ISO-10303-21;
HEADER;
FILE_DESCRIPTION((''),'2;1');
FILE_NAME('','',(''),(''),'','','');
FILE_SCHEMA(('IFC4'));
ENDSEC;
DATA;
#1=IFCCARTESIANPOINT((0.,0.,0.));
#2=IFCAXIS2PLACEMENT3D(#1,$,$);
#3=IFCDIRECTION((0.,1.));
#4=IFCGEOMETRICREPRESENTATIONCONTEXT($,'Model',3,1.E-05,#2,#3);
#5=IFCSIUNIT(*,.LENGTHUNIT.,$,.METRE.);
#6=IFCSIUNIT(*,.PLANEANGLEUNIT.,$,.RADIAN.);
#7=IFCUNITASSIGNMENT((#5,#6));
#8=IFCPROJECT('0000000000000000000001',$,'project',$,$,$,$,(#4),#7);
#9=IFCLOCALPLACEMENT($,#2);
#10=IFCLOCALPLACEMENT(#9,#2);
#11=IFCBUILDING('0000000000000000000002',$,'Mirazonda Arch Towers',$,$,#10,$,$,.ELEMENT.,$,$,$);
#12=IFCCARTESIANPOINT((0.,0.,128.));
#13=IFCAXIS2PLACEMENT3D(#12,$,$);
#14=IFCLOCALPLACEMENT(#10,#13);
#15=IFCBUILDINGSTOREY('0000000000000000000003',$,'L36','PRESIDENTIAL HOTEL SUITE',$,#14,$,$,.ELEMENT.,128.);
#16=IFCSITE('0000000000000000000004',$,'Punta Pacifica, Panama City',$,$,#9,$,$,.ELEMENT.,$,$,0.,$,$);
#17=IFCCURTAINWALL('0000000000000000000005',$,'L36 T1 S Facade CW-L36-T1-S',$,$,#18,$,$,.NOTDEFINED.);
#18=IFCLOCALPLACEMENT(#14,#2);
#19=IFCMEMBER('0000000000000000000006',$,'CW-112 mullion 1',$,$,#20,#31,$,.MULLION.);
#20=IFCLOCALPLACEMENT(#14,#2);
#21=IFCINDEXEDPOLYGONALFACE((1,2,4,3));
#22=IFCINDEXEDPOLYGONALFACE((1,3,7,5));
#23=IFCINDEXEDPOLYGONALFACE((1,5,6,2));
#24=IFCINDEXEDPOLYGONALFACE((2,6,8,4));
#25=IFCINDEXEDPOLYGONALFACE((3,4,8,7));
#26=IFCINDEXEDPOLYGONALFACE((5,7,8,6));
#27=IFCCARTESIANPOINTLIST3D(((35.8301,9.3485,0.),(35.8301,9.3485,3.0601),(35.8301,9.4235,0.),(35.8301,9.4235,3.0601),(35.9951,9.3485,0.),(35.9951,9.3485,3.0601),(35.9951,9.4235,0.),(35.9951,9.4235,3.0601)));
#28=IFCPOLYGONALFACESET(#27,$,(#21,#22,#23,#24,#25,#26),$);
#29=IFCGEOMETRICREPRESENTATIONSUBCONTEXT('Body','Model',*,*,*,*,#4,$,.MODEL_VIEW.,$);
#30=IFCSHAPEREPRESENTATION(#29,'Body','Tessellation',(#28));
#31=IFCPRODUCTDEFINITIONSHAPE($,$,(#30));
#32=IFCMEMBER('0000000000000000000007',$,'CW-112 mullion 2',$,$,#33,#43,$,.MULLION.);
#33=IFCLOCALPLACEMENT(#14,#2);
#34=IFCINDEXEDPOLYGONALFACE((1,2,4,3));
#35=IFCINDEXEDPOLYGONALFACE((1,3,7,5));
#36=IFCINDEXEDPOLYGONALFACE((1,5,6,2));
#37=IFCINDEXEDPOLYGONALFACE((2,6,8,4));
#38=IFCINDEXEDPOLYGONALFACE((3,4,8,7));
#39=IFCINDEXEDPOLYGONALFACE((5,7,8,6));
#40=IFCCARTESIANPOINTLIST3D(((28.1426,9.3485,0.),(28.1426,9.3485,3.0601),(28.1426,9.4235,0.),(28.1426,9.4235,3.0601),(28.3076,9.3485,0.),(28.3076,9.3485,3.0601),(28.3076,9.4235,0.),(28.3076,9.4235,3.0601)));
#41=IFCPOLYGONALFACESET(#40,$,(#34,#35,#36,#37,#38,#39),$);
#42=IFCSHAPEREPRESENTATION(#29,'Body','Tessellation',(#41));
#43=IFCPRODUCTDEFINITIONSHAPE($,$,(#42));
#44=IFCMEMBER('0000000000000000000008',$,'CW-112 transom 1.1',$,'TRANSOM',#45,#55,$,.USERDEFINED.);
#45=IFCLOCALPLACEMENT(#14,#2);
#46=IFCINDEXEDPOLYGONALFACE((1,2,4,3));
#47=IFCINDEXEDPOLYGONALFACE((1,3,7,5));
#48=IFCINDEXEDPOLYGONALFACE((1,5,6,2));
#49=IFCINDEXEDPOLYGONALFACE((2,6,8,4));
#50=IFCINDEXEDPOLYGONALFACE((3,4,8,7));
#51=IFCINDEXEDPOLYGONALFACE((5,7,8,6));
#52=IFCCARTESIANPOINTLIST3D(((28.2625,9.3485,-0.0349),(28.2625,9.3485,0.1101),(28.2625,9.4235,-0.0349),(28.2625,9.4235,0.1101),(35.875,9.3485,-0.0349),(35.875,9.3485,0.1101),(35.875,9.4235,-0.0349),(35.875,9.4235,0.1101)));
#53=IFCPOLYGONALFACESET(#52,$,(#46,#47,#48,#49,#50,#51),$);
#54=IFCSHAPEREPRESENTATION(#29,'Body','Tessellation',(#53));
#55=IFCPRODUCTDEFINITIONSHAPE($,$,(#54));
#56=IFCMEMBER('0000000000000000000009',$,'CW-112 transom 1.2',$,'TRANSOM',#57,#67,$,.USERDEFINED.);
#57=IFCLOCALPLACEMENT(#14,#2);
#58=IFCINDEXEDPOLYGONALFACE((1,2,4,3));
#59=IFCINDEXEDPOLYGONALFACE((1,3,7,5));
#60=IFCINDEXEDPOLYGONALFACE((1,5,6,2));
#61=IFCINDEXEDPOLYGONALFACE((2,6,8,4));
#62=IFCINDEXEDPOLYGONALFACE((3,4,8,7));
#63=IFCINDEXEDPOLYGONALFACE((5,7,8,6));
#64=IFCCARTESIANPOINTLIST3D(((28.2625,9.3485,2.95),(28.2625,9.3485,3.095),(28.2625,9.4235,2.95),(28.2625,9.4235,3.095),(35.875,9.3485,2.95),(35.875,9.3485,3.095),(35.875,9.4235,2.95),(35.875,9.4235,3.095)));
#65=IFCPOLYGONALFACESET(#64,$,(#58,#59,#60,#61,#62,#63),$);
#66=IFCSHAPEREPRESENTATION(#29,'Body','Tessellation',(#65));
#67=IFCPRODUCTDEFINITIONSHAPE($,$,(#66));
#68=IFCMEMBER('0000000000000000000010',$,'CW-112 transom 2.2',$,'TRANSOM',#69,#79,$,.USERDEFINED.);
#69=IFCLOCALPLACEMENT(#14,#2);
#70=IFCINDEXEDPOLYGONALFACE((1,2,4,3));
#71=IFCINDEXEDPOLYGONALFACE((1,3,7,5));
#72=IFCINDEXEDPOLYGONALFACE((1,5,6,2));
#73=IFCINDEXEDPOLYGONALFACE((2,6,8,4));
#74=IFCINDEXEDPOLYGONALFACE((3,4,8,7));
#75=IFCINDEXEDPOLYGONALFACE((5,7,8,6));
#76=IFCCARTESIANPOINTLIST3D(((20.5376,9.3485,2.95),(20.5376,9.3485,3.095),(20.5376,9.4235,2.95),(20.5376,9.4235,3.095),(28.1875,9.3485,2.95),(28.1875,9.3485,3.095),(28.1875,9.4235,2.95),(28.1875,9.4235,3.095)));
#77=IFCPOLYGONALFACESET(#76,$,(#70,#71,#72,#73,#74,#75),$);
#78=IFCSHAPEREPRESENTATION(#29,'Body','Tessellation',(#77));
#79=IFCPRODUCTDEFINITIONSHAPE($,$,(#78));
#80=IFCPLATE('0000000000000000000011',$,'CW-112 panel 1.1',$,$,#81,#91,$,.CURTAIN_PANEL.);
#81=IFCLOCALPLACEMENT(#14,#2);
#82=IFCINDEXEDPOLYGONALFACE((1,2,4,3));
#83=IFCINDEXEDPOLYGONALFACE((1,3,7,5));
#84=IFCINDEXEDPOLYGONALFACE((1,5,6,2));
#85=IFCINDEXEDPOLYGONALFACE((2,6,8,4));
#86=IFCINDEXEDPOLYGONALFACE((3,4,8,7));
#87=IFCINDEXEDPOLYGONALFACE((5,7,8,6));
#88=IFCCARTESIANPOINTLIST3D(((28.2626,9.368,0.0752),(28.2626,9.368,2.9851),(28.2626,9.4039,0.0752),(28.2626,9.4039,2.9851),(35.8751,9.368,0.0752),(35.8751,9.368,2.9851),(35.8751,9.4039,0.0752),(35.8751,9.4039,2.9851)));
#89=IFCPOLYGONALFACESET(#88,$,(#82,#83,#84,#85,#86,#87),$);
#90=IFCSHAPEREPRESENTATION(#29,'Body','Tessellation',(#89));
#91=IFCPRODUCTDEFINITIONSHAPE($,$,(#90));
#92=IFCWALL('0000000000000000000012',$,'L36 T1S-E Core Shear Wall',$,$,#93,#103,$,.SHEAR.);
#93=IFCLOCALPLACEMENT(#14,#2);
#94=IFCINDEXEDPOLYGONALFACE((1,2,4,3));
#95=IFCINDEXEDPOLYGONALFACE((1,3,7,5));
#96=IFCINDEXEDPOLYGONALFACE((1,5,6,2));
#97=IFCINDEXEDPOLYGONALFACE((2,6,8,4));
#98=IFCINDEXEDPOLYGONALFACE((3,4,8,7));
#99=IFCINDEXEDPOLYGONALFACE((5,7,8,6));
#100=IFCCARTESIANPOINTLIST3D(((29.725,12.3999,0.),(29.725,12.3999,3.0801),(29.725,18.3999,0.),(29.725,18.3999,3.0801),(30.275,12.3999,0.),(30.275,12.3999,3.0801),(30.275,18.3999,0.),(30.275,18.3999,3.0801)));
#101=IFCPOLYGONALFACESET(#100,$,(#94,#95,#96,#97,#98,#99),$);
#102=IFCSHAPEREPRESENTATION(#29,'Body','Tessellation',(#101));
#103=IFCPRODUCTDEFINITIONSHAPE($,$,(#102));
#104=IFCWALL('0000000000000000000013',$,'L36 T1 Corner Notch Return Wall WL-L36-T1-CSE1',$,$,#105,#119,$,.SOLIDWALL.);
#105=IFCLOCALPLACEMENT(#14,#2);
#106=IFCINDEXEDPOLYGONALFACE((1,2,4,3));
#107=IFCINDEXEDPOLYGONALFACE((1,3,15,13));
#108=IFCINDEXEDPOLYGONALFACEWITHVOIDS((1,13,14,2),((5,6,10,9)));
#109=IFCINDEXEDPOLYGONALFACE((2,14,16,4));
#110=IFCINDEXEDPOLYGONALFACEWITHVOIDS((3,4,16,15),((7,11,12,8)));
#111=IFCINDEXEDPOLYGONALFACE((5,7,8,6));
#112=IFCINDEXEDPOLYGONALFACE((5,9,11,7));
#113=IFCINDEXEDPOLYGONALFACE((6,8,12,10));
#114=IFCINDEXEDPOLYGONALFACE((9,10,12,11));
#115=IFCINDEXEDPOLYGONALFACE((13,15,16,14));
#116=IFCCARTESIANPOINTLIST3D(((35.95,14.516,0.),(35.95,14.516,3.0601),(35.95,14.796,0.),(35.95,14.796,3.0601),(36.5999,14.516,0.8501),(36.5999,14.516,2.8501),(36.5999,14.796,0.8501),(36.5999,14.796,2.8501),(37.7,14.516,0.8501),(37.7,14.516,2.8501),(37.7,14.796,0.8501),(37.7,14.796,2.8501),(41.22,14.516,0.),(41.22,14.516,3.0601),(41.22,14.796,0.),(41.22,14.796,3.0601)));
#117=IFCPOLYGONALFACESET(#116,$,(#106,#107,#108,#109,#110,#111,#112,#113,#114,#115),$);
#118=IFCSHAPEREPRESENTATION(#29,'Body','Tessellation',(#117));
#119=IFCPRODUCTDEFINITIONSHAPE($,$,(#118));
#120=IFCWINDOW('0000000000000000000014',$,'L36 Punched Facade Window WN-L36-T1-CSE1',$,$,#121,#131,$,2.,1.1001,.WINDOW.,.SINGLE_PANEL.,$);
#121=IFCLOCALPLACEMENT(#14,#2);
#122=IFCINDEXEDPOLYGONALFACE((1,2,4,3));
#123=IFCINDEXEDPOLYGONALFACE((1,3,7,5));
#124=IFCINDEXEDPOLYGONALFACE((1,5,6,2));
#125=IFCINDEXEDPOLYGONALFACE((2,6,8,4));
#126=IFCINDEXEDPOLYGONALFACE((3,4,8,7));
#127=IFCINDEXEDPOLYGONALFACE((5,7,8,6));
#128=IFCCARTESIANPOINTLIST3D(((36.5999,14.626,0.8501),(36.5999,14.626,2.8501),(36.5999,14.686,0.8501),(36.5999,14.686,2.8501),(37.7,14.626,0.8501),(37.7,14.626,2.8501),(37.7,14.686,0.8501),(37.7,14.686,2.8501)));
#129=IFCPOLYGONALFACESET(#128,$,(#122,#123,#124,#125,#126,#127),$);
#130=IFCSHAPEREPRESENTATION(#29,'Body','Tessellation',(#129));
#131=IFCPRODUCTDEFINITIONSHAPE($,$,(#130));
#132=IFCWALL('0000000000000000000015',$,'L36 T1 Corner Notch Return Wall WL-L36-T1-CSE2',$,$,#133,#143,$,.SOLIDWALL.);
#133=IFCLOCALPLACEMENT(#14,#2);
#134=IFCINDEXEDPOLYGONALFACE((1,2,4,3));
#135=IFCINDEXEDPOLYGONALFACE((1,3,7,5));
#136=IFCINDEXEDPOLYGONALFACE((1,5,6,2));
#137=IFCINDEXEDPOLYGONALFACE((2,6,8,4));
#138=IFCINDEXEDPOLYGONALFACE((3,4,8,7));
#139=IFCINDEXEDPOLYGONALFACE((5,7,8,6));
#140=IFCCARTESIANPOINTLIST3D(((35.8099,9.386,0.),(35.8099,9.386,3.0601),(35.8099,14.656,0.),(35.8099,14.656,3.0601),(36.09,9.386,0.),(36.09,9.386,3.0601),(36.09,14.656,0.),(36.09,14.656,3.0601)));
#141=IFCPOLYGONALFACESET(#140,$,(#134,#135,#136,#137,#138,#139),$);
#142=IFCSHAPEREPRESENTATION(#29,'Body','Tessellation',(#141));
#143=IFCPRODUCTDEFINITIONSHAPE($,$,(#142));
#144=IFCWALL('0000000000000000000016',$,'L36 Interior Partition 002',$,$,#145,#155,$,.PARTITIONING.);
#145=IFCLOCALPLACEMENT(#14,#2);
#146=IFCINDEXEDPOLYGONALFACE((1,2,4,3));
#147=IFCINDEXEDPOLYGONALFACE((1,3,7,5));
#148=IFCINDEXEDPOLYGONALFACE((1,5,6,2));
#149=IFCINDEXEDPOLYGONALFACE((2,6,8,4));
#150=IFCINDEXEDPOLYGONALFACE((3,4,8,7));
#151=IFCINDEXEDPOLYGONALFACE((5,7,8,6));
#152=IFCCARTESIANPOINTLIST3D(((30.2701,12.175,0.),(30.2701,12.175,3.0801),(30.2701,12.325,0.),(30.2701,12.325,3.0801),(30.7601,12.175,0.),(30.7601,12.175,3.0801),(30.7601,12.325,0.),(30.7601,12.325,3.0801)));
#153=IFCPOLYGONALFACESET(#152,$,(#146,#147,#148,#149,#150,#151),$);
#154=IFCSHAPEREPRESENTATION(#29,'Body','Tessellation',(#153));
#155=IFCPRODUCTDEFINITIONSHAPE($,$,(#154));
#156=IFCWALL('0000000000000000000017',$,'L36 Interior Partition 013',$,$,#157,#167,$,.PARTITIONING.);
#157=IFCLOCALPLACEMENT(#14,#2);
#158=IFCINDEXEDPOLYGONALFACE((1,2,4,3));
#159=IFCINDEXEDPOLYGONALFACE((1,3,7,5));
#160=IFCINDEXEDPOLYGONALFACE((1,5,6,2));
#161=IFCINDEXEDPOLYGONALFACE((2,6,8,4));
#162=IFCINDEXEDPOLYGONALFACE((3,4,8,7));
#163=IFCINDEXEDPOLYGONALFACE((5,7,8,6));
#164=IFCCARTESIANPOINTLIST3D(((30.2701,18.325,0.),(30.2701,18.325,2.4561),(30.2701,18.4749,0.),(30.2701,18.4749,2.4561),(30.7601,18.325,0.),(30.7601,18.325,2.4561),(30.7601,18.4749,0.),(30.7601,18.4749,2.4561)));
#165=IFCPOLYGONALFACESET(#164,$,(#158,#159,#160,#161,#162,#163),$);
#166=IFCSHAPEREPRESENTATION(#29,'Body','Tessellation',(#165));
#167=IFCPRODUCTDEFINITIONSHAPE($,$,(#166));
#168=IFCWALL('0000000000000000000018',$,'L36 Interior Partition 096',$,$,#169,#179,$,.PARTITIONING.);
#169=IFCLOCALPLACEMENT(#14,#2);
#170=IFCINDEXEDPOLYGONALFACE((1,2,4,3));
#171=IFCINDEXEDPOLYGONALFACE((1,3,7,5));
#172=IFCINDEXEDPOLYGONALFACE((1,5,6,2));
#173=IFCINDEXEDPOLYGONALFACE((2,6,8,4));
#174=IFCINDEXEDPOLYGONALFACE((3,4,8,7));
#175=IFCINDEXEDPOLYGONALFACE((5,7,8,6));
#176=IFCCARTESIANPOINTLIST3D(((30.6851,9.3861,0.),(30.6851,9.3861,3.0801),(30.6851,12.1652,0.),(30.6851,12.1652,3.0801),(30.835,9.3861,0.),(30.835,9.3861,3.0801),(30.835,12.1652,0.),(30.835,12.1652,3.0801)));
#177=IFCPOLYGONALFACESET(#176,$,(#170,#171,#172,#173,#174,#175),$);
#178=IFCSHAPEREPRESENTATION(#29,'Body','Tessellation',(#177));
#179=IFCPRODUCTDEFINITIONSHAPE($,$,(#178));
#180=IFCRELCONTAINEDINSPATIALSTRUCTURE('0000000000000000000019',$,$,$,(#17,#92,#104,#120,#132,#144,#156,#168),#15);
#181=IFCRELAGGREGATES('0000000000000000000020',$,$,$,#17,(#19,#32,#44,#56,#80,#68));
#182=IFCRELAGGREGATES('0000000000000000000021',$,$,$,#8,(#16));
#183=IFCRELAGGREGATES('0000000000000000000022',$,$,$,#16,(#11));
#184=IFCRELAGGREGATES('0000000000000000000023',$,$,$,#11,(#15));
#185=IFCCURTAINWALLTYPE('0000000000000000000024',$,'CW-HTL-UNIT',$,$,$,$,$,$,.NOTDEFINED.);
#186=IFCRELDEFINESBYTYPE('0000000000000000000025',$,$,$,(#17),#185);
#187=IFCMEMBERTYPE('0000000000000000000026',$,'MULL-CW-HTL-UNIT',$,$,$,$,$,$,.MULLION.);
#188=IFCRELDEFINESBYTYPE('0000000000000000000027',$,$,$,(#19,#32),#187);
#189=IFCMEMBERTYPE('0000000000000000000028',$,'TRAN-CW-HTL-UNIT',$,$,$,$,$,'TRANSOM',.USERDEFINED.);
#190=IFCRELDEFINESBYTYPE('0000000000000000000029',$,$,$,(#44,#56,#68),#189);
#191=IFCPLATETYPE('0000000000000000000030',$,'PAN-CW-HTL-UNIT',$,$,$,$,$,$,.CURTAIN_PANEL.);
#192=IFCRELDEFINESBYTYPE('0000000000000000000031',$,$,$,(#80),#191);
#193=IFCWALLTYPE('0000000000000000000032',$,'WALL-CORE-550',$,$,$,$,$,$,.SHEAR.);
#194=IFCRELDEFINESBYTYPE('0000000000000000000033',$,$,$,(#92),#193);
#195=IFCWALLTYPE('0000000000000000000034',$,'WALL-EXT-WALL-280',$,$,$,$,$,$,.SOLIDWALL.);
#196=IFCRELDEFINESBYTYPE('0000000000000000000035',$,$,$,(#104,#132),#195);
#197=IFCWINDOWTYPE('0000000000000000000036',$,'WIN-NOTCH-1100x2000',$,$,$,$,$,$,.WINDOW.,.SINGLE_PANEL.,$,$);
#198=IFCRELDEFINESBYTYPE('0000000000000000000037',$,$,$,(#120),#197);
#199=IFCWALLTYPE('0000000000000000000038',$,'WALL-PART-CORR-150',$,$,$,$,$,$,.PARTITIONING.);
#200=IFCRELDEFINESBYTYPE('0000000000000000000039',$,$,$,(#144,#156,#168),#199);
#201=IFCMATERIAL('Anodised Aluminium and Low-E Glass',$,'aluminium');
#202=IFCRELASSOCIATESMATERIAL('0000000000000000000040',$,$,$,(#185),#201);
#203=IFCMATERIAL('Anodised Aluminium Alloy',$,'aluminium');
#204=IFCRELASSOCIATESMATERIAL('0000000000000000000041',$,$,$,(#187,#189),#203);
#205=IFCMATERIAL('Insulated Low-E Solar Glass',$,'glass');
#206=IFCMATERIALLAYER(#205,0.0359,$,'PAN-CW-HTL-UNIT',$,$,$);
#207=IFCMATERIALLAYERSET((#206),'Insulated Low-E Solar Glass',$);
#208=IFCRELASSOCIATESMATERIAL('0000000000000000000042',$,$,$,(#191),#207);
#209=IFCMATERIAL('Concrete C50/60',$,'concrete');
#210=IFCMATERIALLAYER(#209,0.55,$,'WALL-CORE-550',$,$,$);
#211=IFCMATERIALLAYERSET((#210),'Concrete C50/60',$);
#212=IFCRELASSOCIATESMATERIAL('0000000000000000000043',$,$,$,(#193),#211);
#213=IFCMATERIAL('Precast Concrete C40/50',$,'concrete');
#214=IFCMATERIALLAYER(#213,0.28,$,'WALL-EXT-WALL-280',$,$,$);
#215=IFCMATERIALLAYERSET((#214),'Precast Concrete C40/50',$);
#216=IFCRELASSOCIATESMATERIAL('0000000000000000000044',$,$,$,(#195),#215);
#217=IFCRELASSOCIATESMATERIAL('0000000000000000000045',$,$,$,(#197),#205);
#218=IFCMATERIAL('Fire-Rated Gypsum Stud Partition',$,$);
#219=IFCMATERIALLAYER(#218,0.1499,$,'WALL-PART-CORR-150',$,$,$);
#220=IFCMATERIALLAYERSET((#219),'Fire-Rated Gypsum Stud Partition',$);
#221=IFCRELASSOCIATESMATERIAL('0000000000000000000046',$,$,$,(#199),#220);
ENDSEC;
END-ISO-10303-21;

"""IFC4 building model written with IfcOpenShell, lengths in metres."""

from ifc_helpers import new_model, si_unit, direction, frame, frame_2d, origin, origin_2d, place, context, subcontext, project, spatial, rectangle, extrude, material, layer, layer_set, material_profile, profile_set, type_object, element, fill, aggregate, save


model = new_model("IFC4")

# Units and contexts
model_context = context("Model", 3, precision=1e-05, world=origin(), true_north=direction((0.0, 1.0)))
body_context = subcontext(model_context, "Body", "Model", "MODEL_VIEW")
ifc_project = project(units=[si_unit("LENGTHUNIT", "METRE"), si_unit("PLANEANGLEUNIT", "RADIAN")], contexts=[model_context])

# Site, building, storey
site_placement = place(None, origin())
site = spatial("IfcSite", under=ifc_project, at=site_placement, Name="Punta Pacifica, Panama City", CompositionType="ELEMENT", RefElevation=0.0)
building_placement = place(site_placement, origin())
building = spatial("IfcBuilding", under=site, at=building_placement, Name="Mirazonda Arch Towers", CompositionType="ELEMENT")
storey_placement = place(building_placement, frame((0.0, 0.0, 128.0)))
storey = spatial("IfcBuildingStorey", under=building, at=storey_placement, Name="L36", Description="PRESIDENTIAL HOTEL SUITE", CompositionType="ELEMENT", Elevation=128.0)

# Shared definitions
ifc_material_1 = material(Name="Concrete C50/60", Category="concrete")

# Curtain wall, members, plate
ifc_material_2 = material(Name="Anodised Aluminium and Low-E Glass", Category="aluminium")
curtain_wall_type = type_object("IfcCurtainWallType", Name="CW-HTL-UNIT", PredefinedType="NOTDEFINED", material=ifc_material_2)
curtain_wall_placement = place(storey_placement, origin())
curtain_wall = element("IfcCurtainWall", 1, at=curtain_wall_placement, inside=storey, type_object=curtain_wall_type, Name="L36 T1 S Facade CW-L36-T1-S", PredefinedType="NOTDEFINED")
ifc_material_3 = material(Name="Anodised Aluminium Alloy", Category="aluminium")
ifc_material_profile_1 = material_profile(ifc_material_3, rectangle(XDim=0.075, YDim=0.165, at=origin_2d()), Name="ALU-MULL-75x165")
ifc_profile_set_1 = profile_set([ifc_material_profile_1], Name="Anodised Aluminium Alloy")
member_type_1 = type_object("IfcMemberType", Name="MULL-CW-HTL-UNIT", PredefinedType="MULLION", material=ifc_profile_set_1)
member_1_placement = place(storey_placement, frame((35.9126, 9.386, 0.0), z_axis=(0.0, 0.0, 1.0), x_axis=(0.0, -1.0, 0.0)))
member_1 = element("IfcMember", 2, at=member_1_placement, type_object=member_type_1, Name="CW-112 mullion 1", PredefinedType="MULLION", context=body_context, shape_type="SweptSolid", body=[
    extrude(rectangle(XDim=0.075, YDim=0.165, at=origin_2d()), origin(), (0.0, 0.0, 1.0), 3.0601),
])
member_2_placement = place(storey_placement, frame((28.2251, 9.386, 0.0), z_axis=(0.0, 0.0, 1.0), x_axis=(0.0, -1.0, 0.0)))
member_2 = element("IfcMember", 3, at=member_2_placement, type_object=member_type_1, Name="CW-112 mullion 2", PredefinedType="MULLION", context=body_context, shape_type="SweptSolid", body=[
    extrude(rectangle(XDim=0.075, YDim=0.165, at=origin_2d()), origin(), (0.0, 0.0, 1.0), 3.0601),
])
ifc_material_profile_2 = material_profile(ifc_material_3, rectangle(XDim=0.075, YDim=0.145, at=origin_2d()), Name="ALU-TRAN-75x145")
ifc_profile_set_2 = profile_set([ifc_material_profile_2], Name="Anodised Aluminium Alloy")
member_type_2 = type_object("IfcMemberType", Name="TRAN-CW-HTL-UNIT", ElementType="TRANSOM", PredefinedType="USERDEFINED", material=ifc_profile_set_2)
member_3_placement = place(storey_placement, frame((35.875, 9.386, 0.0376), z_axis=(-1.0, 0.0, 0.0), x_axis=(0.0, -1.0, 0.0)))
member_3 = element("IfcMember", 4, at=member_3_placement, type_object=member_type_2, Name="CW-112 transom 1.1", ObjectType="TRANSOM", PredefinedType="USERDEFINED", context=body_context, shape_type="SweptSolid", body=[
    extrude(rectangle(XDim=0.075, YDim=0.145, at=origin_2d()), origin(), (0.0, 0.0, 1.0), 7.6125),
])
member_4_placement = place(storey_placement, frame((35.875, 9.386, 3.0225), z_axis=(-1.0, 0.0, 0.0), x_axis=(0.0, -1.0, 0.0)))
member_4 = element("IfcMember", 5, at=member_4_placement, type_object=member_type_2, Name="CW-112 transom 1.2", ObjectType="TRANSOM", PredefinedType="USERDEFINED", context=body_context, shape_type="SweptSolid", body=[
    extrude(rectangle(XDim=0.075, YDim=0.145, at=origin_2d()), origin(), (0.0, 0.0, 1.0), 7.6125),
])
member_5_placement = place(storey_placement, frame((28.1875, 9.386, 3.0225), z_axis=(-1.0, 0.0, 0.0), x_axis=(0.0, -1.0, 0.0)))
member_5 = element("IfcMember", 6, at=member_5_placement, type_object=member_type_2, Name="CW-112 transom 2.2", ObjectType="TRANSOM", PredefinedType="USERDEFINED", context=body_context, shape_type="SweptSolid", body=[
    extrude(rectangle(XDim=0.075, YDim=0.145, at=origin_2d()), origin(), (0.0, 0.0, 1.0), 7.6499),
])
ifc_material_4 = material(Name="Insulated Low-E Solar Glass", Category="glass")
ifc_layer_1 = layer(ifc_material_4, 0.0359, Name="PAN-CW-HTL-UNIT")
ifc_layer_set_1 = layer_set([ifc_layer_1], Name="Insulated Low-E Solar Glass")
plate_type = type_object("IfcPlateType", Name="PAN-CW-HTL-UNIT", PredefinedType="CURTAIN_PANEL", material=ifc_layer_set_1)
plate_placement = place(storey_placement, frame((32.0688, 9.386, 0.0752), z_axis=(0.0, 0.0, 1.0), x_axis=(-1.0, 0.0, 0.0)))
plate = element("IfcPlate", 7, at=plate_placement, type_object=plate_type, Name="CW-112 panel 1.1", PredefinedType="CURTAIN_PANEL", context=body_context, shape_type="SweptSolid", body=[
    extrude(rectangle(XDim=7.6125, YDim=0.0359, at=origin_2d()), origin(), (0.0, 0.0, 1.0), 2.9099),
])
aggregate(curtain_wall, [member_1, member_2, member_3, member_4, plate, member_5])

# Wall
ifc_layer_2 = layer(ifc_material_1, 0.55, Name="WALL-CORE-550")
ifc_layer_set_2 = layer_set([ifc_layer_2], Name="Concrete C50/60")
wall_type_1 = type_object("IfcWallType", Name="WALL-CORE-550", PredefinedType="SHEAR", material=ifc_layer_set_2)
wall_1_placement = place(storey_placement, frame((30.0, 12.3999, 0.0), z_axis=(0.0, 0.0, 1.0), x_axis=(0.0, 1.0, 0.0)))
element("IfcWall", 8, at=wall_1_placement, inside=storey, type_object=wall_type_1, Name="L36 T1S-E Core Shear Wall", PredefinedType="SHEAR", context=body_context, shape_type="SweptSolid", body=[
    extrude(rectangle(XDim=6.0, YDim=0.55, at=frame_2d((3.0, 0.0))), origin(), (0.0, 0.0, 1.0), 3.0801),
])

# Wall, opening, window
ifc_material_5 = material(Name="Precast Concrete C40/50", Category="concrete")
ifc_layer_3 = layer(ifc_material_5, 0.28, Name="WALL-EXT-WALL-280")
ifc_layer_set_3 = layer_set([ifc_layer_3], Name="Precast Concrete C40/50")
wall_type_2 = type_object("IfcWallType", Name="WALL-EXT-WALL-280", PredefinedType="SOLIDWALL", material=ifc_layer_set_3)
wall_2_placement = place(storey_placement, frame((35.95, 14.656, 0.0), z_axis=(0.0, 0.0, 1.0), x_axis=(1.0, 0.0, 0.0)))
wall_2 = element("IfcWall", 9, at=wall_2_placement, inside=storey, type_object=wall_type_2, Name="L36 T1 Corner Notch Return Wall WL-L36-T1-CSE1", PredefinedType="SOLIDWALL", context=body_context, shape_type="SweptSolid", body=[
    extrude(rectangle(XDim=5.27, YDim=0.28, at=frame_2d((2.635, 0.0))), origin(), (0.0, 0.0, 1.0), 3.0601),
])
opening_1_placement = place(wall_2_placement, frame((0.6499, 0.0, 0.8501)))
opening_1 = element("IfcOpeningElement", 10, at=opening_1_placement, cuts=wall_2, PredefinedType="OPENING", context=body_context, shape_type="SweptSolid", body=[
    extrude(rectangle(XDim=1.1001, YDim=2.0, at=frame_2d((0.55, 1.0))), frame((0.0, 0.1499, 0.0), z_axis=(0.0, -1.0, 0.0), x_axis=(1.0, 0.0, 0.0)), (0.0, 0.0, 1.0), 0.3),
])
window_type = type_object("IfcWindowType", Name="WIN-NOTCH-1100x2000", PartitioningType="SINGLE_PANEL", PredefinedType="WINDOW", material=ifc_material_4)
window_placement = place(opening_1_placement, origin())
window = element("IfcWindow", 11, at=window_placement, inside=storey, type_object=window_type, Name="L36 Punched Facade Window WN-L36-T1-CSE1", OverallHeight=2.0, OverallWidth=1.1001, PartitioningType="SINGLE_PANEL", PredefinedType="WINDOW", context=body_context, shape_type="SweptSolid", body=[
    extrude(rectangle(XDim=1.1001, YDim=2.0, at=frame_2d((0.55, 1.0))), frame((0.0, 0.03, 0.0), z_axis=(0.0, -1.0, 0.0), x_axis=(1.0, 0.0, 0.0)), (0.0, 0.0, 1.0), 0.0601),
])
fill(opening_1, window)

# Walls
wall_3_placement = place(storey_placement, frame((35.95, 9.386, 0.0), z_axis=(0.0, 0.0, 1.0), x_axis=(0.0, 1.0, 0.0)))
element("IfcWall", 12, at=wall_3_placement, inside=storey, type_object=wall_type_2, Name="L36 T1 Corner Notch Return Wall WL-L36-T1-CSE2", PredefinedType="SOLIDWALL", context=body_context, shape_type="SweptSolid", body=[
    extrude(rectangle(XDim=5.27, YDim=0.28, at=frame_2d((2.635, 0.0))), origin(), (0.0, 0.0, 1.0), 3.0601),
])
ifc_material_6 = material(Name="Fire-Rated Gypsum Stud Partition")
ifc_layer_4 = layer(ifc_material_6, 0.1499, Name="WALL-PART-CORR-150")
ifc_layer_set_4 = layer_set([ifc_layer_4], Name="Fire-Rated Gypsum Stud Partition")
wall_type_3 = type_object("IfcWallType", Name="WALL-PART-CORR-150", PredefinedType="PARTITIONING", material=ifc_layer_set_4)
wall_4_placement = place(storey_placement, frame((30.27, 12.25, 0.0), z_axis=(0.0, 0.0, 1.0), x_axis=(1.0, 0.0, 0.0)))
element("IfcWall", 13, at=wall_4_placement, inside=storey, type_object=wall_type_3, Name="L36 Interior Partition 002", PredefinedType="PARTITIONING", context=body_context, shape_type="SweptSolid", body=[
    extrude(rectangle(XDim=0.49, YDim=0.1499, at=frame_2d((0.2451, 0.0))), origin(), (0.0, 0.0, 1.0), 3.0801),
])
wall_5_placement = place(storey_placement, frame((30.27, 18.3999, 0.0), z_axis=(0.0, 0.0, 1.0), x_axis=(1.0, 0.0, 0.0)))
element("IfcWall", 14, at=wall_5_placement, inside=storey, type_object=wall_type_3, Name="L36 Interior Partition 013", PredefinedType="PARTITIONING", context=body_context, shape_type="SweptSolid", body=[
    extrude(rectangle(XDim=0.49, YDim=0.1499, at=frame_2d((0.2451, 0.0))), origin(), (0.0, 0.0, 1.0), 2.4561),
])
wall_6_placement = place(storey_placement, frame((30.76, 9.386, 0.0), z_axis=(0.0, 0.0, 1.0), x_axis=(0.0, 1.0, 0.0)))
element("IfcWall", 15, at=wall_6_placement, inside=storey, type_object=wall_type_3, Name="L36 Interior Partition 096", PredefinedType="PARTITIONING", context=body_context, shape_type="SweptSolid", body=[
    extrude(rectangle(XDim=2.7791, YDim=0.1499, at=frame_2d((1.3896, 0.0))), origin(), (0.0, 0.0, 1.0), 3.0801),
])

save(model, "model.ifc")
